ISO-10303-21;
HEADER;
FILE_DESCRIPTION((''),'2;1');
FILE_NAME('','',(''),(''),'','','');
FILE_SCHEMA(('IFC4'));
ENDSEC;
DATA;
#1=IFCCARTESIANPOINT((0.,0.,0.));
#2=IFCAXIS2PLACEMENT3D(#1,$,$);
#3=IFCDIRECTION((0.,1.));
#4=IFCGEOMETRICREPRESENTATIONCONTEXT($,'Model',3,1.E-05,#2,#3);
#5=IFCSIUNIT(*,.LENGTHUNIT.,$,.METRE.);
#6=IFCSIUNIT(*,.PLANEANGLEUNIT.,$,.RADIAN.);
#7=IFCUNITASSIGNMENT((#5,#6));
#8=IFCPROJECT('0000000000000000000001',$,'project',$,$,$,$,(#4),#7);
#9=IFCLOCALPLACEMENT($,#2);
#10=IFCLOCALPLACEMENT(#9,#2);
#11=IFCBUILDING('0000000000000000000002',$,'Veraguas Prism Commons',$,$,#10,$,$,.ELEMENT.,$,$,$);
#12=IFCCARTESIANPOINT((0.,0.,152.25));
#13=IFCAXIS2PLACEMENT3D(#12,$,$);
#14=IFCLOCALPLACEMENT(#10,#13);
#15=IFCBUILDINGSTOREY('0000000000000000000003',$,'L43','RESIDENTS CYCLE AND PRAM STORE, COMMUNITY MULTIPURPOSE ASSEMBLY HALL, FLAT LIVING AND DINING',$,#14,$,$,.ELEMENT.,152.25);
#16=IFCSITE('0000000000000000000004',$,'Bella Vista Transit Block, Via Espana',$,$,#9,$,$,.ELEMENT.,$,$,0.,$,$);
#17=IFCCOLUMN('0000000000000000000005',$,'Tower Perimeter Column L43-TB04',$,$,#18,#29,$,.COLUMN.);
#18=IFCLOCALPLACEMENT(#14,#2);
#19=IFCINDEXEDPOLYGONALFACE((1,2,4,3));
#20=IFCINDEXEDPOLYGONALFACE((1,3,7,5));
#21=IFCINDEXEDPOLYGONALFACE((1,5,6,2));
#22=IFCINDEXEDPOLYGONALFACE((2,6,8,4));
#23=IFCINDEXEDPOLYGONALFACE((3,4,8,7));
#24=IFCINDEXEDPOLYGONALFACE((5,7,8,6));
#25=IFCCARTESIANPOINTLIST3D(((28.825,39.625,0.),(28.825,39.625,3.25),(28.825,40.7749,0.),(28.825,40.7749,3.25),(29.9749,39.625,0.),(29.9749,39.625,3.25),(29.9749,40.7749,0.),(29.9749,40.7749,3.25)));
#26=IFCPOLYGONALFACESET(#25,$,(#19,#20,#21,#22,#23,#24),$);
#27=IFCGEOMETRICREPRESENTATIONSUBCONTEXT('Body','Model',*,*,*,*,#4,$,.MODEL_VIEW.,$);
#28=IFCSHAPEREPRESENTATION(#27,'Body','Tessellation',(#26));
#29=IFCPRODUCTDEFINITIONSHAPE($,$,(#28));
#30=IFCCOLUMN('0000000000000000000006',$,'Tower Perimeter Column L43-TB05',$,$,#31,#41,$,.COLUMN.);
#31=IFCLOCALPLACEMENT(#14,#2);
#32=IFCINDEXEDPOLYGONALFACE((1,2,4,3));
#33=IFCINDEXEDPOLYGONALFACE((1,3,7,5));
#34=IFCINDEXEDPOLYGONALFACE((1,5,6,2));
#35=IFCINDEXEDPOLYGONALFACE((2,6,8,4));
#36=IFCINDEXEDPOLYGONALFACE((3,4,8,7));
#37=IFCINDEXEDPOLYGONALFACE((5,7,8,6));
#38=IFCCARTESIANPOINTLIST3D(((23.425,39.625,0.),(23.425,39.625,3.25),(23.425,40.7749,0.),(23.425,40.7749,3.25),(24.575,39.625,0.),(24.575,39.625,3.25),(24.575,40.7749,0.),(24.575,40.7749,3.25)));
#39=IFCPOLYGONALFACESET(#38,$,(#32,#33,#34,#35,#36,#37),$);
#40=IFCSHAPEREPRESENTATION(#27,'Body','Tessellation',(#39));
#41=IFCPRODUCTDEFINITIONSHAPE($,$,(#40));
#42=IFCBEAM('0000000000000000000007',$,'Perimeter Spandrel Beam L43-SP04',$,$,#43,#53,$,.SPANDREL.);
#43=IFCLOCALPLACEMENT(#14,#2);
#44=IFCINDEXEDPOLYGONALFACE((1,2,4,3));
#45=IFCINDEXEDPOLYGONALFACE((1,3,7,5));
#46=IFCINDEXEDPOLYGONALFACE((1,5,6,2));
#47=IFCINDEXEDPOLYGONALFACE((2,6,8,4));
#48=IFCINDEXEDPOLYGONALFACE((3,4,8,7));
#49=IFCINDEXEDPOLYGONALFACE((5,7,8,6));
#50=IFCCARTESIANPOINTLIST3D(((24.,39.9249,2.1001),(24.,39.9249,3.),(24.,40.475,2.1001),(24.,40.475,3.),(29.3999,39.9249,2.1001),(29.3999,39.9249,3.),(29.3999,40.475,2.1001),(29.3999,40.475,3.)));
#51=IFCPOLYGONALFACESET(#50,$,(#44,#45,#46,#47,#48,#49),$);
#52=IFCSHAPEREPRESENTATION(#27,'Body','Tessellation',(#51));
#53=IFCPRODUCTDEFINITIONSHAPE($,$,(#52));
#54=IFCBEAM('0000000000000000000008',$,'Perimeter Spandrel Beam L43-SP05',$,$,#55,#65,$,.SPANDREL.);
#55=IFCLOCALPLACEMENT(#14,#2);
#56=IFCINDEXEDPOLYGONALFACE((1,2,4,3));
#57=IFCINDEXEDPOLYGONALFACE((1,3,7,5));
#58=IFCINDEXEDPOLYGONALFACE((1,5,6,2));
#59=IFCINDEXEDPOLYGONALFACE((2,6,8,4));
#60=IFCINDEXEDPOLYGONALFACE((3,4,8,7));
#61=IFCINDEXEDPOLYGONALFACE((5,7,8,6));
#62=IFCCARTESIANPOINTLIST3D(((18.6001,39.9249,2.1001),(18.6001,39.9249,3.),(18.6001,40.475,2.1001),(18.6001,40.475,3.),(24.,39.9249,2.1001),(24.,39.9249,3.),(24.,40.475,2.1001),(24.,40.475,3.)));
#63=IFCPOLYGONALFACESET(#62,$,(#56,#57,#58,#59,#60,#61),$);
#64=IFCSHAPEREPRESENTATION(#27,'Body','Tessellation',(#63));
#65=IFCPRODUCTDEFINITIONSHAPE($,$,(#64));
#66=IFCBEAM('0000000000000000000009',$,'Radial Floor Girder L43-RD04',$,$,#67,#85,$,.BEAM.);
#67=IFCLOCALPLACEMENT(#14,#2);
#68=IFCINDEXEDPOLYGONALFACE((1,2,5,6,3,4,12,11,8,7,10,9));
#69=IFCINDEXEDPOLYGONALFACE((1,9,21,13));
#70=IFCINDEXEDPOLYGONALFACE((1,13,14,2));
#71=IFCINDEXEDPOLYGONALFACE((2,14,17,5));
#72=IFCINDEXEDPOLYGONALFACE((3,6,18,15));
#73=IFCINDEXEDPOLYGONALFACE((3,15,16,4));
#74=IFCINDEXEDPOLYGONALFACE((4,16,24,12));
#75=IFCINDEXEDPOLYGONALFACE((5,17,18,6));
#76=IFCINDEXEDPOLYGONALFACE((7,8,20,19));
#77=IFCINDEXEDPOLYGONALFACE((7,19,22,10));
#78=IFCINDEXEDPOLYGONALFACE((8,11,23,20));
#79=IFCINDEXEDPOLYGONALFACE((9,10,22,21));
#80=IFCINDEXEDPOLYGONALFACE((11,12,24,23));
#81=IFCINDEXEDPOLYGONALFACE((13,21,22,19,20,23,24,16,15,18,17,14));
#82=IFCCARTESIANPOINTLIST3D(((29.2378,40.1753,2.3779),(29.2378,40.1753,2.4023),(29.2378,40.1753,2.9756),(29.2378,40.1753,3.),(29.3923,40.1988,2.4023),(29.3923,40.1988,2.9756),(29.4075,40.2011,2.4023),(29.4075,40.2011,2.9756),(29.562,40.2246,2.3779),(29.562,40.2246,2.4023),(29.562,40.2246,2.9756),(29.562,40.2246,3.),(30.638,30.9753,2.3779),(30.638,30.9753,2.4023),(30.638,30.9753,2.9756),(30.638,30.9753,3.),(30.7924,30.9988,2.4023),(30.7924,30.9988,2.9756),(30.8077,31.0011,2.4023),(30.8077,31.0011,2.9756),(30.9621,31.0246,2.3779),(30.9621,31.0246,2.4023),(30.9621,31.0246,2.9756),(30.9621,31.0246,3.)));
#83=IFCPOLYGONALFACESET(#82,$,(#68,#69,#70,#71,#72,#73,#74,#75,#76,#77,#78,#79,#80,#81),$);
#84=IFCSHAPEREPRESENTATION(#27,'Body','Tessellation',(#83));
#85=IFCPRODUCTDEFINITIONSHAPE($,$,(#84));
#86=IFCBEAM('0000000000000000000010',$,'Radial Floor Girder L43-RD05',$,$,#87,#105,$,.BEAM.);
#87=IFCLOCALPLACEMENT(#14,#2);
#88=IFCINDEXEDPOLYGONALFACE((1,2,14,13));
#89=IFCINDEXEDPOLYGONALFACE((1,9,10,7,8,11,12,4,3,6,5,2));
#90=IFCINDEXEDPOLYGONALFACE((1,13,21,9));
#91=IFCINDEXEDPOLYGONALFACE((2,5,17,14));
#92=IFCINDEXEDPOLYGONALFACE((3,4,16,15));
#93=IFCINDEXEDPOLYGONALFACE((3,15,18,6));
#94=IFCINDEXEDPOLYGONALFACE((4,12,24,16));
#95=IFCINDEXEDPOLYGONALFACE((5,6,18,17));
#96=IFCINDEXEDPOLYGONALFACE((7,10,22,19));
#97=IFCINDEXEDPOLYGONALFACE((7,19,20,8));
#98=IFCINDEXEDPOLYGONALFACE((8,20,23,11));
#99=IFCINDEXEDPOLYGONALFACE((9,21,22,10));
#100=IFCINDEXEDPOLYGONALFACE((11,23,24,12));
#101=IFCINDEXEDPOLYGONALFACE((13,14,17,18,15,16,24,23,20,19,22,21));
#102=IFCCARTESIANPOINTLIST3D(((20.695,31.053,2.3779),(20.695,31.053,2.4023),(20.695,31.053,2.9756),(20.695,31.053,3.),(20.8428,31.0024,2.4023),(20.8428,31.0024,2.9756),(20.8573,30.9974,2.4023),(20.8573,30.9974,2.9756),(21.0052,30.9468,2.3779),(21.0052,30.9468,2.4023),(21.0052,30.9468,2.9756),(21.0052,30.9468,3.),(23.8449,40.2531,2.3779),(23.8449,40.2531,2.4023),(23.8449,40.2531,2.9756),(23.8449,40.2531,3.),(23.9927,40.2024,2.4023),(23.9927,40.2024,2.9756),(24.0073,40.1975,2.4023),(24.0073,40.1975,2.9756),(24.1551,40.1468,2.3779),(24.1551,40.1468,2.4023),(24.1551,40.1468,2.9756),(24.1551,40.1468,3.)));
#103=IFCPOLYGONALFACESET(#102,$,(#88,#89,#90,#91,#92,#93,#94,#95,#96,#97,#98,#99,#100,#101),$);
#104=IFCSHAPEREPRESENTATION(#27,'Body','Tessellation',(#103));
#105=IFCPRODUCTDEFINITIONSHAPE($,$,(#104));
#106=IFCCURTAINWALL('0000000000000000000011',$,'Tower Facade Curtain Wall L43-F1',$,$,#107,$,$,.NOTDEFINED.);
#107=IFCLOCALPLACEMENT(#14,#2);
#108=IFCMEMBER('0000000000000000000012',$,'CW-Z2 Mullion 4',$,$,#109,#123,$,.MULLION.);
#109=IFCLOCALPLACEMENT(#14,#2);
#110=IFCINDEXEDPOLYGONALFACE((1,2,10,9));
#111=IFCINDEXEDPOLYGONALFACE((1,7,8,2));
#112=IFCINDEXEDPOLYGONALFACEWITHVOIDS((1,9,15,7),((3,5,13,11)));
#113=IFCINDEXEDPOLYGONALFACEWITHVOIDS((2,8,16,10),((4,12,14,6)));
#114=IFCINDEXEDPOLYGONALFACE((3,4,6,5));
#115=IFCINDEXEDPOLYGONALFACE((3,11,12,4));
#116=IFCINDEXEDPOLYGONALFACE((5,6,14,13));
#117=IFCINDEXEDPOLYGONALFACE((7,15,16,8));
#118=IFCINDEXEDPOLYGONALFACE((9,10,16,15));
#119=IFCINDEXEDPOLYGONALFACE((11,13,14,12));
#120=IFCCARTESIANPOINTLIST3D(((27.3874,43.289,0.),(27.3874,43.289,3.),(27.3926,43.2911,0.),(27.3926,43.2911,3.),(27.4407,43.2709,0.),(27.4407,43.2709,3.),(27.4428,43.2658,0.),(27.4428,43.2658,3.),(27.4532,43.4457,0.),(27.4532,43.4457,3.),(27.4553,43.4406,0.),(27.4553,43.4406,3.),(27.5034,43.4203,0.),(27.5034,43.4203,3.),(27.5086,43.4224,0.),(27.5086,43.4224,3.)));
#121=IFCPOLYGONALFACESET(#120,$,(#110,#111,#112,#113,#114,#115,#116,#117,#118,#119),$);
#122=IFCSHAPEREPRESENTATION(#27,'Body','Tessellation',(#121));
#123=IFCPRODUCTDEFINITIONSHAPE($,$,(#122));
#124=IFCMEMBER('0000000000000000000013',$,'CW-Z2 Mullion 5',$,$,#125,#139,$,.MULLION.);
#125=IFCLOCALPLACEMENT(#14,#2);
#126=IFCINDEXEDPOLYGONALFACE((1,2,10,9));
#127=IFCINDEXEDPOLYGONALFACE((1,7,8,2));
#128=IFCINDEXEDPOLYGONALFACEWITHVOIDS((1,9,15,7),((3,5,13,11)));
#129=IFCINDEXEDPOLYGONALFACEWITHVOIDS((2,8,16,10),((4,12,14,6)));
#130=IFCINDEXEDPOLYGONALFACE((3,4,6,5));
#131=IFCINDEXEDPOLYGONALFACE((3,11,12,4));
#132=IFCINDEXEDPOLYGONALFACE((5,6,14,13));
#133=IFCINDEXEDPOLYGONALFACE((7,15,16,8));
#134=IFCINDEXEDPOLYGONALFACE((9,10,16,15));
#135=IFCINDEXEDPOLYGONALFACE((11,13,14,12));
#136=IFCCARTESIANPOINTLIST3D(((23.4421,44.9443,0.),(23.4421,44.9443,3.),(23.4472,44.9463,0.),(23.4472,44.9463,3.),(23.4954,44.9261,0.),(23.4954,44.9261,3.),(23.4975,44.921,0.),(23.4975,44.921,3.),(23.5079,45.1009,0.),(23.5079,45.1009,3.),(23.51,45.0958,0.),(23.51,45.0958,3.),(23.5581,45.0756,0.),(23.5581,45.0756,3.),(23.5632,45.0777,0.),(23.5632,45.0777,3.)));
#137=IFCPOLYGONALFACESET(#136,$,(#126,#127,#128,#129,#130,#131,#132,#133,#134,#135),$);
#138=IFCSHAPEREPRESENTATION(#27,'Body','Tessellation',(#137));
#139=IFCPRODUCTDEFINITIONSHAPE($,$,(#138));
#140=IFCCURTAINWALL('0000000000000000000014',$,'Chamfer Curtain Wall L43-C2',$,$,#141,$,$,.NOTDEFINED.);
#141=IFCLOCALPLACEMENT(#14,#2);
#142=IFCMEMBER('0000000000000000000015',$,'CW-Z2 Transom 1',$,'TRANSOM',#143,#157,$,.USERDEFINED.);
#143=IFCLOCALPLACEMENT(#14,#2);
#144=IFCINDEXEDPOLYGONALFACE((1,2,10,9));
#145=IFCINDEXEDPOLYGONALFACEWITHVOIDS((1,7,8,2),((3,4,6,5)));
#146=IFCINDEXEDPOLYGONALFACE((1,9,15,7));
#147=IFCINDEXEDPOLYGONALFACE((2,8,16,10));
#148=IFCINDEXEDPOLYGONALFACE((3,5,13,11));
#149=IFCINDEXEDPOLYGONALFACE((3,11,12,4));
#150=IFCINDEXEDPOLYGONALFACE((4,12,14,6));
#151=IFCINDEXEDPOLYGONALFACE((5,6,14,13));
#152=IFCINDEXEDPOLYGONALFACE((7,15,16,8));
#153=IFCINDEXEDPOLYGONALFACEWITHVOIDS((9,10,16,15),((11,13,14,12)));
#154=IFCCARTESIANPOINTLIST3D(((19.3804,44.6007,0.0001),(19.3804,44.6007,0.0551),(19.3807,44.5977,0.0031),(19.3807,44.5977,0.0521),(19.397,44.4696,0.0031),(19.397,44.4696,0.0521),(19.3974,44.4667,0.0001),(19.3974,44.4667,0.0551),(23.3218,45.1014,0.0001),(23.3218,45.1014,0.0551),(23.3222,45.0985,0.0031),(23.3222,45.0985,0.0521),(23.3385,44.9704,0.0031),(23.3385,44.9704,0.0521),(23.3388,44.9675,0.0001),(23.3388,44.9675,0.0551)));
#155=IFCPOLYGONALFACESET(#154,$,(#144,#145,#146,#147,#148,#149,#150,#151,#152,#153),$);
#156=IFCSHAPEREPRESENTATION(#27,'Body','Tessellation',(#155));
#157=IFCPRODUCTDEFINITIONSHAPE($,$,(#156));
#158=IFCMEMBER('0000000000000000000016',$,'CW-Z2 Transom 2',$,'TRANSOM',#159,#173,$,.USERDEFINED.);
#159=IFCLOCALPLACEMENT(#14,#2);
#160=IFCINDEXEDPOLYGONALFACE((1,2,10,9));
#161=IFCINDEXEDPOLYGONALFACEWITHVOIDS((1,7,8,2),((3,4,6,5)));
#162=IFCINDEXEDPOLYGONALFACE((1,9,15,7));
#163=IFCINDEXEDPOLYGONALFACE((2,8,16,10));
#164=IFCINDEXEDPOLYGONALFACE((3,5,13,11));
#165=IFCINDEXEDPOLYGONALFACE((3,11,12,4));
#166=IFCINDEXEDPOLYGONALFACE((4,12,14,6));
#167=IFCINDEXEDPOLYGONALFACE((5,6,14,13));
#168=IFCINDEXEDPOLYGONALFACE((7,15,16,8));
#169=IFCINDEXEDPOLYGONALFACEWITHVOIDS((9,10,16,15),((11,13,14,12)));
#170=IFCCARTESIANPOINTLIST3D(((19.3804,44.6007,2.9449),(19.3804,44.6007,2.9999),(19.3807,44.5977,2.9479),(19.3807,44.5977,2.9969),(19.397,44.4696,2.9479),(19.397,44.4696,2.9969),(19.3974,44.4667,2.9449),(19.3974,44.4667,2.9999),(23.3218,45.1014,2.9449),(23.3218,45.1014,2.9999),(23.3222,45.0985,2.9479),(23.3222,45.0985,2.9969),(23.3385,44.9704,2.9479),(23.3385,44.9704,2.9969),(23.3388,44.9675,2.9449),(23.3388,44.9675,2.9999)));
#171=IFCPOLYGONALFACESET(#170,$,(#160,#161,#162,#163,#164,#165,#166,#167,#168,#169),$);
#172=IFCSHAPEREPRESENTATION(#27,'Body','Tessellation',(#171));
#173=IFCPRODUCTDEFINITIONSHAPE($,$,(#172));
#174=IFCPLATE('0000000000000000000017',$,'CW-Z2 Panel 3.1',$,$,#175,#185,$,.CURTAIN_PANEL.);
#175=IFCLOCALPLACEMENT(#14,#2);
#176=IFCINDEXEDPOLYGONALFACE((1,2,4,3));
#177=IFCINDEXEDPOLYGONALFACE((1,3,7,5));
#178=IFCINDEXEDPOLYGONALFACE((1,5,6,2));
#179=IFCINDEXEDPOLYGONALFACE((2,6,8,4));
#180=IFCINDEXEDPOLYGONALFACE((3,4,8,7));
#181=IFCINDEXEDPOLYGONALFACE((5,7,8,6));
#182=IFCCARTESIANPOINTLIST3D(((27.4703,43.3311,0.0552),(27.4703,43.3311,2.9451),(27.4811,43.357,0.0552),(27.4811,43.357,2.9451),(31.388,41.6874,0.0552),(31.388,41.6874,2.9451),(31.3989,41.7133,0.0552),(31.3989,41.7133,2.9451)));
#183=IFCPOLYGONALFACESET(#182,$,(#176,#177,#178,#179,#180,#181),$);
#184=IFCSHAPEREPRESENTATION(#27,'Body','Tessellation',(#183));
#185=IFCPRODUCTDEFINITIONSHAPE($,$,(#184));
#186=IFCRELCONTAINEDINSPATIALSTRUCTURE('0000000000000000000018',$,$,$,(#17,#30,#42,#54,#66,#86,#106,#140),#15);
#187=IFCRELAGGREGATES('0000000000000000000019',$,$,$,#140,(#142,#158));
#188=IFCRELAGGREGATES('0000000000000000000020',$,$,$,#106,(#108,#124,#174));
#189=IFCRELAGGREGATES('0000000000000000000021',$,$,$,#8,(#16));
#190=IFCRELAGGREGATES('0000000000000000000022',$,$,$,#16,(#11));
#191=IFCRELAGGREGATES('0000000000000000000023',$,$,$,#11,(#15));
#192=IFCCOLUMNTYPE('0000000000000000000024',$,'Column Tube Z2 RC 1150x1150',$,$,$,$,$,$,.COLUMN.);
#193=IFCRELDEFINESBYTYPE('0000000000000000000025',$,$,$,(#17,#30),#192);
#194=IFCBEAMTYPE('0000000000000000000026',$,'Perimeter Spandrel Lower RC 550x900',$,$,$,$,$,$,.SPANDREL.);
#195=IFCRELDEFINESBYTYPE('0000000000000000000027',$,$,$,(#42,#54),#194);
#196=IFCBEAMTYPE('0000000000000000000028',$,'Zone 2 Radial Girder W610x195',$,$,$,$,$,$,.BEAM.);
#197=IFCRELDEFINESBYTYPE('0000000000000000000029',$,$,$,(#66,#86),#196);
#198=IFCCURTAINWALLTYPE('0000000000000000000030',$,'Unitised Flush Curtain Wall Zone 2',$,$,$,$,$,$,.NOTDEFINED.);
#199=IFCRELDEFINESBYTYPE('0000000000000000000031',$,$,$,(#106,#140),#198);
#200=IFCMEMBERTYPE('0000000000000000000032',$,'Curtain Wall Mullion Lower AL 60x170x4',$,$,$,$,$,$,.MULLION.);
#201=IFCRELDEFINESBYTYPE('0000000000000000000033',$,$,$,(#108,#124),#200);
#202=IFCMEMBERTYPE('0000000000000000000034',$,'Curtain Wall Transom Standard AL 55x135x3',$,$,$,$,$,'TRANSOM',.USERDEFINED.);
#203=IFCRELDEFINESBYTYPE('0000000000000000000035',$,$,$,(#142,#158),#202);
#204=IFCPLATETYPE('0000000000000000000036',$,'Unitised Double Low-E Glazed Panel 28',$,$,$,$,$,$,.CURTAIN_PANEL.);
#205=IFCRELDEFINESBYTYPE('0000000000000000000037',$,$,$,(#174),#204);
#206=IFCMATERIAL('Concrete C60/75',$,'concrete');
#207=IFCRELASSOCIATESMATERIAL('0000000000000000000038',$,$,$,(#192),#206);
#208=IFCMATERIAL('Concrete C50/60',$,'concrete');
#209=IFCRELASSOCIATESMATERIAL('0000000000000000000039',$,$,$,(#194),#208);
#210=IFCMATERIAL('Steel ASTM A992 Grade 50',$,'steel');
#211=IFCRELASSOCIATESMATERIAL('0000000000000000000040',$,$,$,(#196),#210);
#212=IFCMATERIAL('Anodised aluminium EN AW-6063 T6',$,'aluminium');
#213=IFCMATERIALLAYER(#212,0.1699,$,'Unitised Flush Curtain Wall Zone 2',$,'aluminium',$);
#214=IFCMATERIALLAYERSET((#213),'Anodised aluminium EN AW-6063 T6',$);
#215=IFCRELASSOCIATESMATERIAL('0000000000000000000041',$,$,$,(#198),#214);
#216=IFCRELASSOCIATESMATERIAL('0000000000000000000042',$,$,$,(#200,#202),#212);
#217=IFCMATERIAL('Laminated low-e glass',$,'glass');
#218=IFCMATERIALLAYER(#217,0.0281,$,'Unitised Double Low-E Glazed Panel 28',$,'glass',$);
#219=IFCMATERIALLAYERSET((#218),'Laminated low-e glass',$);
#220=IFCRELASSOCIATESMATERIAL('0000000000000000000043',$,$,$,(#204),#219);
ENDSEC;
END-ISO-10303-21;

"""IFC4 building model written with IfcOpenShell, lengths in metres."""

from ifc_helpers import new_model, si_unit, direction, frame, origin, origin_2d, place, context, subcontext, project, spatial, rectangle, hollow_rectangle, i_section, extrude, source, transform, mapped, material, layer, layer_set, material_profile, profile_set, type_object, element, aggregate, save


model = new_model("IFC4")

# Units and contexts
model_context = context("Model", 3, precision=1e-05, world=origin(), true_north=direction((0.0, 1.0)))
body_context = subcontext(model_context, "Body", "Model", "MODEL_VIEW")
ifc_project = project(units=[si_unit("LENGTHUNIT", "METRE"), si_unit("PLANEANGLEUNIT", "RADIAN")], contexts=[model_context])

# Site, building, storey
site_placement = place(None, origin())
site = spatial("IfcSite", under=ifc_project, at=site_placement, Name="Bella Vista Transit Block, Via Espana", CompositionType="ELEMENT", RefElevation=0.0)
building_placement = place(site_placement, origin())
building = spatial("IfcBuilding", under=site, at=building_placement, Name="Veraguas Prism Commons", CompositionType="ELEMENT")
storey_placement = place(building_placement, frame((0.0, 0.0, 152.25)))
storey = spatial("IfcBuildingStorey", under=building, at=storey_placement, Name="L43", Description="RESIDENTS CYCLE AND PRAM STORE, COMMUNITY MULTIPURPOSE ASSEMBLY HALL, FLAT LIVING AND DINING", CompositionType="ELEMENT", Elevation=152.25)

# Columns
ifc_material_1 = material(Name="Concrete C60/75", Category="concrete")
ifc_material_profile_1 = material_profile(ifc_material_1, rectangle(XDim=1.1499, YDim=1.1499, at=origin_2d()), Name="RC1150X1150")
ifc_profile_set_1 = profile_set([ifc_material_profile_1], Name="Concrete C60/75")
column_type = type_object("IfcColumnType", Name="Column Tube Z2 RC 1150x1150", PredefinedType="COLUMN", material=ifc_profile_set_1)
for number, where, z_axis, x_axis, name in (
    (1, (29.3999, 40.2, 0.0), (0.0, 0.0, 1.0), (1.0, 0.0, 0.0), "Tower Perimeter Column L43-TB04"),
    (2, (24.0, 40.2, 0.0), (0.0, 0.0, 1.0), (1.0, 0.0, 0.0), "Tower Perimeter Column L43-TB05"),
):
    element("IfcColumn", number, at=place(storey_placement, frame(where, z_axis=z_axis, x_axis=x_axis)), inside=storey, type_object=column_type, Name=name, PredefinedType="COLUMN", context=body_context, shape_type="SweptSolid", body=[
        extrude(rectangle(XDim=1.1499, YDim=1.1499, at=origin_2d()), origin(), (0.0, 0.0, 1.0), 3.25),
    ])

# Beams
ifc_material_2 = material(Name="Concrete C50/60", Category="concrete")
ifc_material_profile_2 = material_profile(ifc_material_2, rectangle(XDim=0.55, YDim=0.8999, at=origin_2d()), Name="RC550X900")
ifc_profile_set_2 = profile_set([ifc_material_profile_2], Name="Concrete C50/60")
beam_type_1 = type_object("IfcBeamType", Name="Perimeter Spandrel Lower RC 550x900", PredefinedType="SPANDREL", material=ifc_profile_set_2)
for number, where, z_axis, x_axis, name in (
    (3, (29.3999, 40.2, 2.55), (-1.0, 0.0, 0.0), (0.0, -1.0, 0.0), "Perimeter Spandrel Beam L43-SP04"),
    (4, (24.0, 40.2, 2.55), (-1.0, 0.0, 0.0), (0.0, -1.0, 0.0), "Perimeter Spandrel Beam L43-SP05"),
):
    element("IfcBeam", number, at=place(storey_placement, frame(where, z_axis=z_axis, x_axis=x_axis)), inside=storey, type_object=beam_type_1, Name=name, PredefinedType="SPANDREL", context=body_context, shape_type="SweptSolid", body=[
        extrude(rectangle(XDim=0.55, YDim=0.8999, at=origin_2d()), origin(), (0.0, 0.0, 1.0), 5.3999),
    ])
ifc_material_3 = material(Name="Steel ASTM A992 Grade 50", Category="steel")
ifc_material_profile_3 = material_profile(ifc_material_3, i_section(OverallWidth=0.3279, OverallDepth=0.6221, WebThickness=0.0154, FlangeThickness=0.0244, at=origin_2d()), Name="W610X195")
ifc_profile_set_3 = profile_set([ifc_material_profile_3], Name="Steel ASTM A992 Grade 50")
beam_type_2 = type_object("IfcBeamType", Name="Zone 2 Radial Girder W610x195", PredefinedType="BEAM", material=ifc_profile_set_3)
beam_1_placement = place(storey_placement, frame((29.3999, 40.2, 2.689), z_axis=(0.150458, -0.988616, 0.0), x_axis=(0.988616, 0.150458, 0.0)))
element("IfcBeam", 5, at=beam_1_placement, inside=storey, type_object=beam_type_2, Name="Radial Floor Girder L43-RD04", PredefinedType="BEAM", context=body_context, shape_type="SweptSolid", body=[
    extrude(i_section(OverallWidth=0.3279, OverallDepth=0.6221, WebThickness=0.0154, FlangeThickness=0.0244, at=origin_2d()), origin(), (0.0, 0.0, 1.0), 9.3059),
])
beam_2_placement = place(storey_placement, frame((24.0, 40.2, 2.689), z_axis=(-0.323922, -0.946084, 0.0), x_axis=(0.946084, -0.323922, 0.0)))
element("IfcBeam", 6, at=beam_2_placement, inside=storey, type_object=beam_type_2, Name="Radial Floor Girder L43-RD05", PredefinedType="BEAM", context=body_context, shape_type="SweptSolid", body=[
    extrude(i_section(OverallWidth=0.3279, OverallDepth=0.6221, WebThickness=0.0154, FlangeThickness=0.0244, at=origin_2d()), origin(), (0.0, 0.0, 1.0), 9.7244),
])

# Curtain walls, members
ifc_material_4 = material(Name="Anodised aluminium EN AW-6063 T6", Category="aluminium")
ifc_layer_1 = layer(ifc_material_4, 0.1699, Name="Unitised Flush Curtain Wall Zone 2", Category="aluminium")
ifc_layer_set_1 = layer_set([ifc_layer_1], Name="Anodised aluminium EN AW-6063 T6")
curtain_wall_type = type_object("IfcCurtainWallType", Name="Unitised Flush Curtain Wall Zone 2", PredefinedType="NOTDEFINED", material=ifc_layer_set_1)
curtain_wall_1_placement = place(storey_placement, origin())
curtain_wall_1 = element("IfcCurtainWall", 7, at=curtain_wall_1_placement, inside=storey, type_object=curtain_wall_type, Name="Tower Facade Curtain Wall L43-F1", PredefinedType="NOTDEFINED")
ifc_material_profile_4 = material_profile(ifc_material_4, hollow_rectangle(XDim=0.0601, YDim=0.1699, WallThickness=0.0039, at=origin_2d()), Name="AL60X170X4")
ifc_profile_set_4 = profile_set([ifc_material_profile_4], Name="Anodised aluminium EN AW-6063 T6")
member_type_1 = type_object("IfcMemberType", Name="Curtain Wall Mullion Lower AL 60x170x4", PredefinedType="MULLION", material=ifc_profile_set_4)
shared_shape_1 = source(origin(), body_context, "Body", "SweptSolid", [
    extrude(hollow_rectangle(XDim=0.0601, YDim=0.1699, WallThickness=0.0039, at=origin_2d()), origin(), (0.0, 0.0, 1.0), 3.0),
])
member_1_placement = place(storey_placement, frame((27.448, 43.3557, 0.0), z_axis=(0.0, 0.0, 1.0), x_axis=(-0.922132, 0.386875, 0.0)))
member_1 = element("IfcMember", 8, at=member_1_placement, type_object=member_type_1, Name="CW-Z2 Mullion 4", PredefinedType="MULLION", context=body_context, shape_type="MappedRepresentation", body=[
    mapped(shared_shape_1, transform((0.0, 0.0, 0.0), scale=1.0)),
])
member_2_placement = place(storey_placement, frame((23.5027, 45.011, 0.0), z_axis=(0.0, 0.0, 1.0), x_axis=(-0.922132, 0.386875, 0.0)))
member_2 = element("IfcMember", 9, at=member_2_placement, type_object=member_type_1, Name="CW-Z2 Mullion 5", PredefinedType="MULLION", context=body_context, shape_type="MappedRepresentation", body=[
    mapped(shared_shape_1, transform((0.0, 0.0, 0.0), scale=1.0)),
])
curtain_wall_2_placement = place(storey_placement, origin())
curtain_wall_2 = element("IfcCurtainWall", 10, at=curtain_wall_2_placement, inside=storey, type_object=curtain_wall_type, Name="Chamfer Curtain Wall L43-C2", PredefinedType="NOTDEFINED")
ifc_material_profile_5 = material_profile(ifc_material_4, hollow_rectangle(XDim=0.0549, YDim=0.135, WallThickness=0.0029, at=origin_2d()), Name="AL55X135X3")
ifc_profile_set_5 = profile_set([ifc_material_profile_5], Name="Anodised aluminium EN AW-6063 T6")
member_type_2 = type_object("IfcMemberType", Name="Curtain Wall Transom Standard AL 55x135x3", ElementType="TRANSOM", PredefinedType="USERDEFINED", material=ifc_profile_set_5)
shared_shape_2 = source(origin(), body_context, "Body", "SweptSolid", [
    extrude(hollow_rectangle(XDim=0.0549, YDim=0.135, WallThickness=0.0029, at=origin_2d()), origin(), (0.0, 0.0, 1.0), 3.9731),
])
member_3_placement = place(storey_placement, frame((23.3303, 45.0344, 0.0276), z_axis=(-0.992026, -0.126031, 0.0), x_axis=(0.0, 0.0, 1.0)))
member_3 = element("IfcMember", 11, at=member_3_placement, type_object=member_type_2, Name="CW-Z2 Transom 1", ObjectType="TRANSOM", PredefinedType="USERDEFINED", context=body_context, shape_type="MappedRepresentation", body=[
    mapped(shared_shape_2, transform((0.0, 0.0, 0.0), scale=1.0)),
])
member_4_placement = place(storey_placement, frame((23.3303, 45.0344, 2.9724), z_axis=(-0.992026, -0.126031, 0.0), x_axis=(0.0, 0.0, 1.0)))
member_4 = element("IfcMember", 12, at=member_4_placement, type_object=member_type_2, Name="CW-Z2 Transom 2", ObjectType="TRANSOM", PredefinedType="USERDEFINED", context=body_context, shape_type="MappedRepresentation", body=[
    mapped(shared_shape_2, transform((0.0, 0.0, 0.0), scale=1.0)),
])
aggregate(curtain_wall_2, [member_3, member_4])

# Plate
ifc_material_5 = material(Name="Laminated low-e glass", Category="glass")
ifc_layer_2 = layer(ifc_material_5, 0.0281, Name="Unitised Double Low-E Glazed Panel 28", Category="glass")
ifc_layer_set_2 = layer_set([ifc_layer_2], Name="Laminated low-e glass")
plate_type = type_object("IfcPlateType", Name="Unitised Double Low-E Glazed Panel 28", PredefinedType="CURTAIN_PANEL", material=ifc_layer_set_2)
shared_shape_3 = source(origin(), body_context, "Body", "SweptSolid", [
    extrude(rectangle(XDim=4.2485, YDim=0.0281, at=origin_2d()), origin(), (0.0, 0.0, 1.0), 2.8899),
])
plate_1_placement = place(storey_placement, frame((29.4346, 42.5222, 0.0552), z_axis=(0.0, 0.0, 1.0), x_axis=(-0.922132, 0.386875, 0.0)))
plate_1 = element("IfcPlate", 13, at=plate_1_placement, type_object=plate_type, Name="CW-Z2 Panel 3.1", PredefinedType="CURTAIN_PANEL", context=body_context, shape_type="MappedRepresentation", body=[
    mapped(shared_shape_3, transform((0.0, 0.0, 0.0), scale=1.0)),
])
aggregate(curtain_wall_1, [member_1, member_2, plate_1])

save(model, "model.ifc")
